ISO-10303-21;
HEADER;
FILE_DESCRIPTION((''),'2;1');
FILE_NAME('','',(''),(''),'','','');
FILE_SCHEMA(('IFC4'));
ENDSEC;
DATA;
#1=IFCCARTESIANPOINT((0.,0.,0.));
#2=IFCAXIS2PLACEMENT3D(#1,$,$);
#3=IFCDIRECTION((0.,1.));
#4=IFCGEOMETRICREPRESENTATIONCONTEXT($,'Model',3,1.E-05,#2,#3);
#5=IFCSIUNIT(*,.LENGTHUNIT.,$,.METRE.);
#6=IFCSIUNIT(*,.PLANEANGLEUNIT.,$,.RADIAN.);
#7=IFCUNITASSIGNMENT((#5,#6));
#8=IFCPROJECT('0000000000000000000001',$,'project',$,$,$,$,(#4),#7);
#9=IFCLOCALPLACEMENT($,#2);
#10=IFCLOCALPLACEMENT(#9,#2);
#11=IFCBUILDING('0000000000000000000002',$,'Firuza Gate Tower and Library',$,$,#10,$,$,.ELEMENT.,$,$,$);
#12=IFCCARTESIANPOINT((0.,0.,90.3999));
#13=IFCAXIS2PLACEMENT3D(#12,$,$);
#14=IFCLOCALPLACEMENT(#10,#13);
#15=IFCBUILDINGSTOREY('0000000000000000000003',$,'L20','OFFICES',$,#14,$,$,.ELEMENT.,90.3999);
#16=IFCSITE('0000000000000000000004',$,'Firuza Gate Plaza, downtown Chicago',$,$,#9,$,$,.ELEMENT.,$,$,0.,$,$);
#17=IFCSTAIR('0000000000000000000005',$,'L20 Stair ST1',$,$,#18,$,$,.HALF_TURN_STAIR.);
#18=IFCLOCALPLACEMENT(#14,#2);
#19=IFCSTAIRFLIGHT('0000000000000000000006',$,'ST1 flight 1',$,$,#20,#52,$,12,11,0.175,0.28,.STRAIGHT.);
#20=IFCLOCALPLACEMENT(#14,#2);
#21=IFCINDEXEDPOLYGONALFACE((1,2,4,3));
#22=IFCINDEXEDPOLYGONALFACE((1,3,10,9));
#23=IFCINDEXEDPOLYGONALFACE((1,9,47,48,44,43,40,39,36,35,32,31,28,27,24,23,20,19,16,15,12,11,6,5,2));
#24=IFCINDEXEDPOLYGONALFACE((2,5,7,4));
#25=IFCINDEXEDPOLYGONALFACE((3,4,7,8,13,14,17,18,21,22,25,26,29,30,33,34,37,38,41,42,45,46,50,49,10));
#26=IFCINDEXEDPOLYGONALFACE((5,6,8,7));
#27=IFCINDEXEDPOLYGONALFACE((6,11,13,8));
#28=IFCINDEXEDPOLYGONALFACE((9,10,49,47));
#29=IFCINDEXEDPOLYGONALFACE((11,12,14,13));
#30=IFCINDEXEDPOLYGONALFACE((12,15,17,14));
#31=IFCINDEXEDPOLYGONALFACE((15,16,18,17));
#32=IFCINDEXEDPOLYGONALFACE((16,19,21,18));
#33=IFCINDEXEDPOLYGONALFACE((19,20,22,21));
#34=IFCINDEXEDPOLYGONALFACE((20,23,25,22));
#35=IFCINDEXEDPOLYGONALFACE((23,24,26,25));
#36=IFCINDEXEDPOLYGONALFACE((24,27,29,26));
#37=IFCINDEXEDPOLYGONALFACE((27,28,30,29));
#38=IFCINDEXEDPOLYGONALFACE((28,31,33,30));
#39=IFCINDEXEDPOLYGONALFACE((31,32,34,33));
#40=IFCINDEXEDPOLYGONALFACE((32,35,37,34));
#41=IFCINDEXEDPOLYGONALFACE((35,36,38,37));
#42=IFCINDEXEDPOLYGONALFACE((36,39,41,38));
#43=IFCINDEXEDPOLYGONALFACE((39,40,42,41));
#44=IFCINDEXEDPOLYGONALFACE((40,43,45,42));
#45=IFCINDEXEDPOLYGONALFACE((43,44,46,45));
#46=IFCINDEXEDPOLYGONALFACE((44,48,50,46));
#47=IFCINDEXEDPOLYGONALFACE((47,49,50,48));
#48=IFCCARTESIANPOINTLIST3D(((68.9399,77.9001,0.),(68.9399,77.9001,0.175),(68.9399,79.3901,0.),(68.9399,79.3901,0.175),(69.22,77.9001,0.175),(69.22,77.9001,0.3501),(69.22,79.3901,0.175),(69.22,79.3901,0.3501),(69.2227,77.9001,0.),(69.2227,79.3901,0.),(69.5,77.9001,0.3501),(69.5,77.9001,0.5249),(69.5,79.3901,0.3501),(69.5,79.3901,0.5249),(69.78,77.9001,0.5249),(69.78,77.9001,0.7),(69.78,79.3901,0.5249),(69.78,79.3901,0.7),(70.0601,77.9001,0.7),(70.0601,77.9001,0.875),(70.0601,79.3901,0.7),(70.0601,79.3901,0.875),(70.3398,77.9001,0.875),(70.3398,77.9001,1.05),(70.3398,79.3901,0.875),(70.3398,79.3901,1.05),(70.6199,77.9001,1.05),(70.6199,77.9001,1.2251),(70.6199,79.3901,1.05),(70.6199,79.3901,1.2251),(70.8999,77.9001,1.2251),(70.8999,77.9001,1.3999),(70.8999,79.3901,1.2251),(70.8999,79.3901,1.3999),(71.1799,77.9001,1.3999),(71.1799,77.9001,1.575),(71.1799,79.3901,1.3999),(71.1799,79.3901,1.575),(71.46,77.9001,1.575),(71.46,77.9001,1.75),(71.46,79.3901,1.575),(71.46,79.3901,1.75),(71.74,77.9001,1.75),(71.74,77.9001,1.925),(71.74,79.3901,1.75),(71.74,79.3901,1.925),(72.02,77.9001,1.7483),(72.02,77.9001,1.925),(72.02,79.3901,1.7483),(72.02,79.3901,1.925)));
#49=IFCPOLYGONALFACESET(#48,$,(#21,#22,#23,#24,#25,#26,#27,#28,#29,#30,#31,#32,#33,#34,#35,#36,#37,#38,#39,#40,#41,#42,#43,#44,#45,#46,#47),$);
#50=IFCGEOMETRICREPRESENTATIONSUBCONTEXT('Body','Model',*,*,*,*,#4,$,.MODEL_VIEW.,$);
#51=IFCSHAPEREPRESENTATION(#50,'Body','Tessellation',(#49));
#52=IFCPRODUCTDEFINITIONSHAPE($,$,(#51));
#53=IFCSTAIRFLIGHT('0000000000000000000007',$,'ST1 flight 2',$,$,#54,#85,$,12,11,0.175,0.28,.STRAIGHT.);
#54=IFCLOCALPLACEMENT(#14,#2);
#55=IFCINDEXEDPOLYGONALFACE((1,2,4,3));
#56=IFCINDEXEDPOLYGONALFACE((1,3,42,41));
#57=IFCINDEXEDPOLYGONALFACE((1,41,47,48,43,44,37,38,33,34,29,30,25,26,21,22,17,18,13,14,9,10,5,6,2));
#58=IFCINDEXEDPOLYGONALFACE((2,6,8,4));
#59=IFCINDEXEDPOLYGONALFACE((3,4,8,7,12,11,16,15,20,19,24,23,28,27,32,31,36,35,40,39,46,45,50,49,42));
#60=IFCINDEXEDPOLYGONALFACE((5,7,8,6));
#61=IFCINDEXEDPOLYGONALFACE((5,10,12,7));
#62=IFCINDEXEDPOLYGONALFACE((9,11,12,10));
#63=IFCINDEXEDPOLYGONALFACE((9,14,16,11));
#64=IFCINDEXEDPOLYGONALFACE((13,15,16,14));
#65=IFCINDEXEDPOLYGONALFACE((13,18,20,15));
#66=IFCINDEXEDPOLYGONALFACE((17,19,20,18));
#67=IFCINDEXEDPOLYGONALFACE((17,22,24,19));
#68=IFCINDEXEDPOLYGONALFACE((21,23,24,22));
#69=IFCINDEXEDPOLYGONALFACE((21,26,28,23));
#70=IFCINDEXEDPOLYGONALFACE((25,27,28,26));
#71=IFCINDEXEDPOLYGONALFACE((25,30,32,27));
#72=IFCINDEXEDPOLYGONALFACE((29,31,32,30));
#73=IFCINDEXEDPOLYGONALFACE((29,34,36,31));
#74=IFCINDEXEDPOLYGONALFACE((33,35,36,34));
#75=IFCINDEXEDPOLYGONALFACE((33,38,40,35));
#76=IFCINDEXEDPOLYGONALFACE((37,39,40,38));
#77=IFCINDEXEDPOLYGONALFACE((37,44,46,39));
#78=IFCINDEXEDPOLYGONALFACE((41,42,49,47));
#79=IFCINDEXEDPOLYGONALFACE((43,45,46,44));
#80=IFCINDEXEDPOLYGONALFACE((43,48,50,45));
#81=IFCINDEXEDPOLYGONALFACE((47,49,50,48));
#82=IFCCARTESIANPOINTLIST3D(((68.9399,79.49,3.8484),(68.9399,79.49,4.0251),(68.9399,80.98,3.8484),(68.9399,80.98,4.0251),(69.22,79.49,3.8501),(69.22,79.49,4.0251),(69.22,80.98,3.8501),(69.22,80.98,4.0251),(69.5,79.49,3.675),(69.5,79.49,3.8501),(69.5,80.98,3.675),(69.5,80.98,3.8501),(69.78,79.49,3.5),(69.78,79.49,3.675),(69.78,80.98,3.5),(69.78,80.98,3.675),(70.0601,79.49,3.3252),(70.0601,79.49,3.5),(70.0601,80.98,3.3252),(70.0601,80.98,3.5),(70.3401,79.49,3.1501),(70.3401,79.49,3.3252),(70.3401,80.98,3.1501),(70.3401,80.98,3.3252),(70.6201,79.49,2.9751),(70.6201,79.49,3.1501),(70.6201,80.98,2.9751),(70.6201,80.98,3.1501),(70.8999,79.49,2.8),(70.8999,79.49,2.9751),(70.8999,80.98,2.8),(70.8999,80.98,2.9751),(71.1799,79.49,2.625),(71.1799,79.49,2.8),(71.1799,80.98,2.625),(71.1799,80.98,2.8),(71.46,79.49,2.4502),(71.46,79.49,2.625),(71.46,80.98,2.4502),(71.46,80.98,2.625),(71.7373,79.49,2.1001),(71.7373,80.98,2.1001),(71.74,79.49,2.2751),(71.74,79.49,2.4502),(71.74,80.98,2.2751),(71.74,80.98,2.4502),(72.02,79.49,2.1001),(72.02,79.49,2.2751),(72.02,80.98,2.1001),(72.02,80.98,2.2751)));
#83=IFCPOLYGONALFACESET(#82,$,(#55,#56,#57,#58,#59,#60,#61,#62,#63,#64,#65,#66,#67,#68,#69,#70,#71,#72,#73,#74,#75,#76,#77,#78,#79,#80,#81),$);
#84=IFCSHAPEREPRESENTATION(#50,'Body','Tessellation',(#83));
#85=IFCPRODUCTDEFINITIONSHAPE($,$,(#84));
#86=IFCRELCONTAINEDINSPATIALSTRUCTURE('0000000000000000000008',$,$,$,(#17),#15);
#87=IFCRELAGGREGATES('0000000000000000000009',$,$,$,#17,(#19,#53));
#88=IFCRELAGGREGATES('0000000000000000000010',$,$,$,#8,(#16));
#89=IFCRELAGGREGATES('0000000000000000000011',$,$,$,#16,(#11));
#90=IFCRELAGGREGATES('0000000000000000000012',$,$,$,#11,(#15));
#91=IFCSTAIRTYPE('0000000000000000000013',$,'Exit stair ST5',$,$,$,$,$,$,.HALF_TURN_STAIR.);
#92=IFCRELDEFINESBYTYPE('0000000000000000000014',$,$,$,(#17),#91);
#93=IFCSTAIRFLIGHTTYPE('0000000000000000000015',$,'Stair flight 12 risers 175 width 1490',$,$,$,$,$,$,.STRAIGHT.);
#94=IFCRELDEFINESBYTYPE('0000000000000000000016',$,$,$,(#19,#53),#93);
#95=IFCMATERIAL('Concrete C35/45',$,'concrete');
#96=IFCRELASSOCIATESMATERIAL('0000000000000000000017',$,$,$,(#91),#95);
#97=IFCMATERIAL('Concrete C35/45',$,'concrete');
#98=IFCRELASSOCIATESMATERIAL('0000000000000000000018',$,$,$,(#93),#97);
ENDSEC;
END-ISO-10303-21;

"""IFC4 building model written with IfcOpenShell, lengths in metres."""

from ifc_helpers import new_model, si_unit, direction, frame, origin, place, context, subcontext, project, spatial, polyline, outline, extrude, material, type_object, element, aggregate, save


model = new_model("IFC4")

# Units and contexts
model_context = context("Model", 3, precision=1e-05, world=origin(), true_north=direction((0.0, 1.0)))
body_context = subcontext(model_context, "Body", "Model", "MODEL_VIEW")
ifc_project = project(units=[si_unit("LENGTHUNIT", "METRE"), si_unit("PLANEANGLEUNIT", "RADIAN")], contexts=[model_context])

# Site, building, storey
site_placement = place(None, origin())
site = spatial("IfcSite", under=ifc_project, at=site_placement, Name="Firuza Gate Plaza, downtown Chicago", CompositionType="ELEMENT", RefElevation=0.0)
building_placement = place(site_placement, origin())
building = spatial("IfcBuilding", under=site, at=building_placement, Name="Firuza Gate Tower and Library", CompositionType="ELEMENT")
storey_placement = place(building_placement, frame((0.0, 0.0, 90.3999)))
storey = spatial("IfcBuildingStorey", under=building, at=storey_placement, Name="L20", Description="OFFICES", CompositionType="ELEMENT", Elevation=90.3999)

# Stair, stair flights
ifc_material_1 = material(Name="Concrete C35/45", Category="concrete")
stair_type = type_object("IfcStairType", Name="Exit stair ST5", PredefinedType="HALF_TURN_STAIR", material=ifc_material_1)
stair_placement = place(storey_placement, origin())
stair = element("IfcStair", 1, at=stair_placement, inside=storey, type_object=stair_type, Name="L20 Stair ST1", PredefinedType="HALF_TURN_STAIR")
ifc_material_2 = material(Name="Concrete C35/45", Category="concrete")
stair_flight_type = type_object("IfcStairFlightType", Name="Stair flight 12 risers 175 width 1490", PredefinedType="STRAIGHT", material=ifc_material_2)
stair_flight_1_placement = place(storey_placement, frame((68.9399, 78.645, 0.0), z_axis=(0.0, 0.0, 1.0), x_axis=(1.0, 0.0, 0.0)))
stair_flight_1 = element("IfcStairFlight", 2, at=stair_flight_1_placement, type_object=stair_flight_type, Name="ST1 flight 1", NumberOfRisers=12, NumberOfTreads=11, PredefinedType="STRAIGHT", RiserHeight=0.175, TreadLength=0.28, context=body_context, shape_type="SweptSolid", body=[
    extrude(outline(polyline([(0.0, 0.0), (0.0, 0.175), (0.28, 0.175), (0.28, 0.3501), (0.5601, 0.3501), (0.5601, 0.5249), (0.8401, 0.5249), (0.8401, 0.7), (1.1201, 0.7), (1.1201, 0.875), (1.3999, 0.875), (1.3999, 1.05), (1.6799, 1.05), (1.6799, 1.2251), (1.96, 1.2251), (1.96, 1.3999), (2.24, 1.3999), (2.24, 1.575), (2.52, 1.575), (2.52, 1.75), (2.8, 1.75), (2.8, 1.925), (3.0801, 1.925), (3.0801, 2.1001), (3.0801, 1.7483), (0.2827, 0.0), (0.0, 0.0)])), frame((0.0, 0.7451, 0.0), z_axis=(0.0, -1.0, 0.0), x_axis=(1.0, 0.0, 0.0)), (0.0, 0.0, 1.0), 1.49),
])
stair_flight_2_placement = place(storey_placement, frame((72.02, 80.2351, 2.1001), z_axis=(0.0, 0.0, 1.0), x_axis=(-1.0, 0.0, 0.0)))
stair_flight_2 = element("IfcStairFlight", 3, at=stair_flight_2_placement, type_object=stair_flight_type, Name="ST1 flight 2", NumberOfRisers=12, NumberOfTreads=11, PredefinedType="STRAIGHT", RiserHeight=0.175, TreadLength=0.28, context=body_context, shape_type="SweptSolid", body=[
    extrude(outline(polyline([(0.0, 0.0), (0.0, 0.175), (0.28, 0.175), (0.28, 0.3501), (0.5601, 0.3501), (0.5601, 0.5249), (0.8401, 0.5249), (0.8401, 0.7), (1.1201, 0.7), (1.1201, 0.875), (1.3999, 0.875), (1.3999, 1.05), (1.6799, 1.05), (1.6799, 1.2251), (1.96, 1.2251), (1.96, 1.3999), (2.24, 1.3999), (2.24, 1.575), (2.52, 1.575), (2.52, 1.75), (2.8, 1.75), (2.8, 1.925), (3.0801, 1.925), (3.0801, 2.1001), (3.0801, 1.7483), (0.2827, 0.0), (0.0, 0.0)])), frame((0.0, 0.7451, 0.0), z_axis=(0.0, -1.0, 0.0), x_axis=(1.0, 0.0, 0.0)), (0.0, 0.0, 1.0), 1.49),
])
aggregate(stair, [stair_flight_1, stair_flight_2])

save(model, "model.ifc")
